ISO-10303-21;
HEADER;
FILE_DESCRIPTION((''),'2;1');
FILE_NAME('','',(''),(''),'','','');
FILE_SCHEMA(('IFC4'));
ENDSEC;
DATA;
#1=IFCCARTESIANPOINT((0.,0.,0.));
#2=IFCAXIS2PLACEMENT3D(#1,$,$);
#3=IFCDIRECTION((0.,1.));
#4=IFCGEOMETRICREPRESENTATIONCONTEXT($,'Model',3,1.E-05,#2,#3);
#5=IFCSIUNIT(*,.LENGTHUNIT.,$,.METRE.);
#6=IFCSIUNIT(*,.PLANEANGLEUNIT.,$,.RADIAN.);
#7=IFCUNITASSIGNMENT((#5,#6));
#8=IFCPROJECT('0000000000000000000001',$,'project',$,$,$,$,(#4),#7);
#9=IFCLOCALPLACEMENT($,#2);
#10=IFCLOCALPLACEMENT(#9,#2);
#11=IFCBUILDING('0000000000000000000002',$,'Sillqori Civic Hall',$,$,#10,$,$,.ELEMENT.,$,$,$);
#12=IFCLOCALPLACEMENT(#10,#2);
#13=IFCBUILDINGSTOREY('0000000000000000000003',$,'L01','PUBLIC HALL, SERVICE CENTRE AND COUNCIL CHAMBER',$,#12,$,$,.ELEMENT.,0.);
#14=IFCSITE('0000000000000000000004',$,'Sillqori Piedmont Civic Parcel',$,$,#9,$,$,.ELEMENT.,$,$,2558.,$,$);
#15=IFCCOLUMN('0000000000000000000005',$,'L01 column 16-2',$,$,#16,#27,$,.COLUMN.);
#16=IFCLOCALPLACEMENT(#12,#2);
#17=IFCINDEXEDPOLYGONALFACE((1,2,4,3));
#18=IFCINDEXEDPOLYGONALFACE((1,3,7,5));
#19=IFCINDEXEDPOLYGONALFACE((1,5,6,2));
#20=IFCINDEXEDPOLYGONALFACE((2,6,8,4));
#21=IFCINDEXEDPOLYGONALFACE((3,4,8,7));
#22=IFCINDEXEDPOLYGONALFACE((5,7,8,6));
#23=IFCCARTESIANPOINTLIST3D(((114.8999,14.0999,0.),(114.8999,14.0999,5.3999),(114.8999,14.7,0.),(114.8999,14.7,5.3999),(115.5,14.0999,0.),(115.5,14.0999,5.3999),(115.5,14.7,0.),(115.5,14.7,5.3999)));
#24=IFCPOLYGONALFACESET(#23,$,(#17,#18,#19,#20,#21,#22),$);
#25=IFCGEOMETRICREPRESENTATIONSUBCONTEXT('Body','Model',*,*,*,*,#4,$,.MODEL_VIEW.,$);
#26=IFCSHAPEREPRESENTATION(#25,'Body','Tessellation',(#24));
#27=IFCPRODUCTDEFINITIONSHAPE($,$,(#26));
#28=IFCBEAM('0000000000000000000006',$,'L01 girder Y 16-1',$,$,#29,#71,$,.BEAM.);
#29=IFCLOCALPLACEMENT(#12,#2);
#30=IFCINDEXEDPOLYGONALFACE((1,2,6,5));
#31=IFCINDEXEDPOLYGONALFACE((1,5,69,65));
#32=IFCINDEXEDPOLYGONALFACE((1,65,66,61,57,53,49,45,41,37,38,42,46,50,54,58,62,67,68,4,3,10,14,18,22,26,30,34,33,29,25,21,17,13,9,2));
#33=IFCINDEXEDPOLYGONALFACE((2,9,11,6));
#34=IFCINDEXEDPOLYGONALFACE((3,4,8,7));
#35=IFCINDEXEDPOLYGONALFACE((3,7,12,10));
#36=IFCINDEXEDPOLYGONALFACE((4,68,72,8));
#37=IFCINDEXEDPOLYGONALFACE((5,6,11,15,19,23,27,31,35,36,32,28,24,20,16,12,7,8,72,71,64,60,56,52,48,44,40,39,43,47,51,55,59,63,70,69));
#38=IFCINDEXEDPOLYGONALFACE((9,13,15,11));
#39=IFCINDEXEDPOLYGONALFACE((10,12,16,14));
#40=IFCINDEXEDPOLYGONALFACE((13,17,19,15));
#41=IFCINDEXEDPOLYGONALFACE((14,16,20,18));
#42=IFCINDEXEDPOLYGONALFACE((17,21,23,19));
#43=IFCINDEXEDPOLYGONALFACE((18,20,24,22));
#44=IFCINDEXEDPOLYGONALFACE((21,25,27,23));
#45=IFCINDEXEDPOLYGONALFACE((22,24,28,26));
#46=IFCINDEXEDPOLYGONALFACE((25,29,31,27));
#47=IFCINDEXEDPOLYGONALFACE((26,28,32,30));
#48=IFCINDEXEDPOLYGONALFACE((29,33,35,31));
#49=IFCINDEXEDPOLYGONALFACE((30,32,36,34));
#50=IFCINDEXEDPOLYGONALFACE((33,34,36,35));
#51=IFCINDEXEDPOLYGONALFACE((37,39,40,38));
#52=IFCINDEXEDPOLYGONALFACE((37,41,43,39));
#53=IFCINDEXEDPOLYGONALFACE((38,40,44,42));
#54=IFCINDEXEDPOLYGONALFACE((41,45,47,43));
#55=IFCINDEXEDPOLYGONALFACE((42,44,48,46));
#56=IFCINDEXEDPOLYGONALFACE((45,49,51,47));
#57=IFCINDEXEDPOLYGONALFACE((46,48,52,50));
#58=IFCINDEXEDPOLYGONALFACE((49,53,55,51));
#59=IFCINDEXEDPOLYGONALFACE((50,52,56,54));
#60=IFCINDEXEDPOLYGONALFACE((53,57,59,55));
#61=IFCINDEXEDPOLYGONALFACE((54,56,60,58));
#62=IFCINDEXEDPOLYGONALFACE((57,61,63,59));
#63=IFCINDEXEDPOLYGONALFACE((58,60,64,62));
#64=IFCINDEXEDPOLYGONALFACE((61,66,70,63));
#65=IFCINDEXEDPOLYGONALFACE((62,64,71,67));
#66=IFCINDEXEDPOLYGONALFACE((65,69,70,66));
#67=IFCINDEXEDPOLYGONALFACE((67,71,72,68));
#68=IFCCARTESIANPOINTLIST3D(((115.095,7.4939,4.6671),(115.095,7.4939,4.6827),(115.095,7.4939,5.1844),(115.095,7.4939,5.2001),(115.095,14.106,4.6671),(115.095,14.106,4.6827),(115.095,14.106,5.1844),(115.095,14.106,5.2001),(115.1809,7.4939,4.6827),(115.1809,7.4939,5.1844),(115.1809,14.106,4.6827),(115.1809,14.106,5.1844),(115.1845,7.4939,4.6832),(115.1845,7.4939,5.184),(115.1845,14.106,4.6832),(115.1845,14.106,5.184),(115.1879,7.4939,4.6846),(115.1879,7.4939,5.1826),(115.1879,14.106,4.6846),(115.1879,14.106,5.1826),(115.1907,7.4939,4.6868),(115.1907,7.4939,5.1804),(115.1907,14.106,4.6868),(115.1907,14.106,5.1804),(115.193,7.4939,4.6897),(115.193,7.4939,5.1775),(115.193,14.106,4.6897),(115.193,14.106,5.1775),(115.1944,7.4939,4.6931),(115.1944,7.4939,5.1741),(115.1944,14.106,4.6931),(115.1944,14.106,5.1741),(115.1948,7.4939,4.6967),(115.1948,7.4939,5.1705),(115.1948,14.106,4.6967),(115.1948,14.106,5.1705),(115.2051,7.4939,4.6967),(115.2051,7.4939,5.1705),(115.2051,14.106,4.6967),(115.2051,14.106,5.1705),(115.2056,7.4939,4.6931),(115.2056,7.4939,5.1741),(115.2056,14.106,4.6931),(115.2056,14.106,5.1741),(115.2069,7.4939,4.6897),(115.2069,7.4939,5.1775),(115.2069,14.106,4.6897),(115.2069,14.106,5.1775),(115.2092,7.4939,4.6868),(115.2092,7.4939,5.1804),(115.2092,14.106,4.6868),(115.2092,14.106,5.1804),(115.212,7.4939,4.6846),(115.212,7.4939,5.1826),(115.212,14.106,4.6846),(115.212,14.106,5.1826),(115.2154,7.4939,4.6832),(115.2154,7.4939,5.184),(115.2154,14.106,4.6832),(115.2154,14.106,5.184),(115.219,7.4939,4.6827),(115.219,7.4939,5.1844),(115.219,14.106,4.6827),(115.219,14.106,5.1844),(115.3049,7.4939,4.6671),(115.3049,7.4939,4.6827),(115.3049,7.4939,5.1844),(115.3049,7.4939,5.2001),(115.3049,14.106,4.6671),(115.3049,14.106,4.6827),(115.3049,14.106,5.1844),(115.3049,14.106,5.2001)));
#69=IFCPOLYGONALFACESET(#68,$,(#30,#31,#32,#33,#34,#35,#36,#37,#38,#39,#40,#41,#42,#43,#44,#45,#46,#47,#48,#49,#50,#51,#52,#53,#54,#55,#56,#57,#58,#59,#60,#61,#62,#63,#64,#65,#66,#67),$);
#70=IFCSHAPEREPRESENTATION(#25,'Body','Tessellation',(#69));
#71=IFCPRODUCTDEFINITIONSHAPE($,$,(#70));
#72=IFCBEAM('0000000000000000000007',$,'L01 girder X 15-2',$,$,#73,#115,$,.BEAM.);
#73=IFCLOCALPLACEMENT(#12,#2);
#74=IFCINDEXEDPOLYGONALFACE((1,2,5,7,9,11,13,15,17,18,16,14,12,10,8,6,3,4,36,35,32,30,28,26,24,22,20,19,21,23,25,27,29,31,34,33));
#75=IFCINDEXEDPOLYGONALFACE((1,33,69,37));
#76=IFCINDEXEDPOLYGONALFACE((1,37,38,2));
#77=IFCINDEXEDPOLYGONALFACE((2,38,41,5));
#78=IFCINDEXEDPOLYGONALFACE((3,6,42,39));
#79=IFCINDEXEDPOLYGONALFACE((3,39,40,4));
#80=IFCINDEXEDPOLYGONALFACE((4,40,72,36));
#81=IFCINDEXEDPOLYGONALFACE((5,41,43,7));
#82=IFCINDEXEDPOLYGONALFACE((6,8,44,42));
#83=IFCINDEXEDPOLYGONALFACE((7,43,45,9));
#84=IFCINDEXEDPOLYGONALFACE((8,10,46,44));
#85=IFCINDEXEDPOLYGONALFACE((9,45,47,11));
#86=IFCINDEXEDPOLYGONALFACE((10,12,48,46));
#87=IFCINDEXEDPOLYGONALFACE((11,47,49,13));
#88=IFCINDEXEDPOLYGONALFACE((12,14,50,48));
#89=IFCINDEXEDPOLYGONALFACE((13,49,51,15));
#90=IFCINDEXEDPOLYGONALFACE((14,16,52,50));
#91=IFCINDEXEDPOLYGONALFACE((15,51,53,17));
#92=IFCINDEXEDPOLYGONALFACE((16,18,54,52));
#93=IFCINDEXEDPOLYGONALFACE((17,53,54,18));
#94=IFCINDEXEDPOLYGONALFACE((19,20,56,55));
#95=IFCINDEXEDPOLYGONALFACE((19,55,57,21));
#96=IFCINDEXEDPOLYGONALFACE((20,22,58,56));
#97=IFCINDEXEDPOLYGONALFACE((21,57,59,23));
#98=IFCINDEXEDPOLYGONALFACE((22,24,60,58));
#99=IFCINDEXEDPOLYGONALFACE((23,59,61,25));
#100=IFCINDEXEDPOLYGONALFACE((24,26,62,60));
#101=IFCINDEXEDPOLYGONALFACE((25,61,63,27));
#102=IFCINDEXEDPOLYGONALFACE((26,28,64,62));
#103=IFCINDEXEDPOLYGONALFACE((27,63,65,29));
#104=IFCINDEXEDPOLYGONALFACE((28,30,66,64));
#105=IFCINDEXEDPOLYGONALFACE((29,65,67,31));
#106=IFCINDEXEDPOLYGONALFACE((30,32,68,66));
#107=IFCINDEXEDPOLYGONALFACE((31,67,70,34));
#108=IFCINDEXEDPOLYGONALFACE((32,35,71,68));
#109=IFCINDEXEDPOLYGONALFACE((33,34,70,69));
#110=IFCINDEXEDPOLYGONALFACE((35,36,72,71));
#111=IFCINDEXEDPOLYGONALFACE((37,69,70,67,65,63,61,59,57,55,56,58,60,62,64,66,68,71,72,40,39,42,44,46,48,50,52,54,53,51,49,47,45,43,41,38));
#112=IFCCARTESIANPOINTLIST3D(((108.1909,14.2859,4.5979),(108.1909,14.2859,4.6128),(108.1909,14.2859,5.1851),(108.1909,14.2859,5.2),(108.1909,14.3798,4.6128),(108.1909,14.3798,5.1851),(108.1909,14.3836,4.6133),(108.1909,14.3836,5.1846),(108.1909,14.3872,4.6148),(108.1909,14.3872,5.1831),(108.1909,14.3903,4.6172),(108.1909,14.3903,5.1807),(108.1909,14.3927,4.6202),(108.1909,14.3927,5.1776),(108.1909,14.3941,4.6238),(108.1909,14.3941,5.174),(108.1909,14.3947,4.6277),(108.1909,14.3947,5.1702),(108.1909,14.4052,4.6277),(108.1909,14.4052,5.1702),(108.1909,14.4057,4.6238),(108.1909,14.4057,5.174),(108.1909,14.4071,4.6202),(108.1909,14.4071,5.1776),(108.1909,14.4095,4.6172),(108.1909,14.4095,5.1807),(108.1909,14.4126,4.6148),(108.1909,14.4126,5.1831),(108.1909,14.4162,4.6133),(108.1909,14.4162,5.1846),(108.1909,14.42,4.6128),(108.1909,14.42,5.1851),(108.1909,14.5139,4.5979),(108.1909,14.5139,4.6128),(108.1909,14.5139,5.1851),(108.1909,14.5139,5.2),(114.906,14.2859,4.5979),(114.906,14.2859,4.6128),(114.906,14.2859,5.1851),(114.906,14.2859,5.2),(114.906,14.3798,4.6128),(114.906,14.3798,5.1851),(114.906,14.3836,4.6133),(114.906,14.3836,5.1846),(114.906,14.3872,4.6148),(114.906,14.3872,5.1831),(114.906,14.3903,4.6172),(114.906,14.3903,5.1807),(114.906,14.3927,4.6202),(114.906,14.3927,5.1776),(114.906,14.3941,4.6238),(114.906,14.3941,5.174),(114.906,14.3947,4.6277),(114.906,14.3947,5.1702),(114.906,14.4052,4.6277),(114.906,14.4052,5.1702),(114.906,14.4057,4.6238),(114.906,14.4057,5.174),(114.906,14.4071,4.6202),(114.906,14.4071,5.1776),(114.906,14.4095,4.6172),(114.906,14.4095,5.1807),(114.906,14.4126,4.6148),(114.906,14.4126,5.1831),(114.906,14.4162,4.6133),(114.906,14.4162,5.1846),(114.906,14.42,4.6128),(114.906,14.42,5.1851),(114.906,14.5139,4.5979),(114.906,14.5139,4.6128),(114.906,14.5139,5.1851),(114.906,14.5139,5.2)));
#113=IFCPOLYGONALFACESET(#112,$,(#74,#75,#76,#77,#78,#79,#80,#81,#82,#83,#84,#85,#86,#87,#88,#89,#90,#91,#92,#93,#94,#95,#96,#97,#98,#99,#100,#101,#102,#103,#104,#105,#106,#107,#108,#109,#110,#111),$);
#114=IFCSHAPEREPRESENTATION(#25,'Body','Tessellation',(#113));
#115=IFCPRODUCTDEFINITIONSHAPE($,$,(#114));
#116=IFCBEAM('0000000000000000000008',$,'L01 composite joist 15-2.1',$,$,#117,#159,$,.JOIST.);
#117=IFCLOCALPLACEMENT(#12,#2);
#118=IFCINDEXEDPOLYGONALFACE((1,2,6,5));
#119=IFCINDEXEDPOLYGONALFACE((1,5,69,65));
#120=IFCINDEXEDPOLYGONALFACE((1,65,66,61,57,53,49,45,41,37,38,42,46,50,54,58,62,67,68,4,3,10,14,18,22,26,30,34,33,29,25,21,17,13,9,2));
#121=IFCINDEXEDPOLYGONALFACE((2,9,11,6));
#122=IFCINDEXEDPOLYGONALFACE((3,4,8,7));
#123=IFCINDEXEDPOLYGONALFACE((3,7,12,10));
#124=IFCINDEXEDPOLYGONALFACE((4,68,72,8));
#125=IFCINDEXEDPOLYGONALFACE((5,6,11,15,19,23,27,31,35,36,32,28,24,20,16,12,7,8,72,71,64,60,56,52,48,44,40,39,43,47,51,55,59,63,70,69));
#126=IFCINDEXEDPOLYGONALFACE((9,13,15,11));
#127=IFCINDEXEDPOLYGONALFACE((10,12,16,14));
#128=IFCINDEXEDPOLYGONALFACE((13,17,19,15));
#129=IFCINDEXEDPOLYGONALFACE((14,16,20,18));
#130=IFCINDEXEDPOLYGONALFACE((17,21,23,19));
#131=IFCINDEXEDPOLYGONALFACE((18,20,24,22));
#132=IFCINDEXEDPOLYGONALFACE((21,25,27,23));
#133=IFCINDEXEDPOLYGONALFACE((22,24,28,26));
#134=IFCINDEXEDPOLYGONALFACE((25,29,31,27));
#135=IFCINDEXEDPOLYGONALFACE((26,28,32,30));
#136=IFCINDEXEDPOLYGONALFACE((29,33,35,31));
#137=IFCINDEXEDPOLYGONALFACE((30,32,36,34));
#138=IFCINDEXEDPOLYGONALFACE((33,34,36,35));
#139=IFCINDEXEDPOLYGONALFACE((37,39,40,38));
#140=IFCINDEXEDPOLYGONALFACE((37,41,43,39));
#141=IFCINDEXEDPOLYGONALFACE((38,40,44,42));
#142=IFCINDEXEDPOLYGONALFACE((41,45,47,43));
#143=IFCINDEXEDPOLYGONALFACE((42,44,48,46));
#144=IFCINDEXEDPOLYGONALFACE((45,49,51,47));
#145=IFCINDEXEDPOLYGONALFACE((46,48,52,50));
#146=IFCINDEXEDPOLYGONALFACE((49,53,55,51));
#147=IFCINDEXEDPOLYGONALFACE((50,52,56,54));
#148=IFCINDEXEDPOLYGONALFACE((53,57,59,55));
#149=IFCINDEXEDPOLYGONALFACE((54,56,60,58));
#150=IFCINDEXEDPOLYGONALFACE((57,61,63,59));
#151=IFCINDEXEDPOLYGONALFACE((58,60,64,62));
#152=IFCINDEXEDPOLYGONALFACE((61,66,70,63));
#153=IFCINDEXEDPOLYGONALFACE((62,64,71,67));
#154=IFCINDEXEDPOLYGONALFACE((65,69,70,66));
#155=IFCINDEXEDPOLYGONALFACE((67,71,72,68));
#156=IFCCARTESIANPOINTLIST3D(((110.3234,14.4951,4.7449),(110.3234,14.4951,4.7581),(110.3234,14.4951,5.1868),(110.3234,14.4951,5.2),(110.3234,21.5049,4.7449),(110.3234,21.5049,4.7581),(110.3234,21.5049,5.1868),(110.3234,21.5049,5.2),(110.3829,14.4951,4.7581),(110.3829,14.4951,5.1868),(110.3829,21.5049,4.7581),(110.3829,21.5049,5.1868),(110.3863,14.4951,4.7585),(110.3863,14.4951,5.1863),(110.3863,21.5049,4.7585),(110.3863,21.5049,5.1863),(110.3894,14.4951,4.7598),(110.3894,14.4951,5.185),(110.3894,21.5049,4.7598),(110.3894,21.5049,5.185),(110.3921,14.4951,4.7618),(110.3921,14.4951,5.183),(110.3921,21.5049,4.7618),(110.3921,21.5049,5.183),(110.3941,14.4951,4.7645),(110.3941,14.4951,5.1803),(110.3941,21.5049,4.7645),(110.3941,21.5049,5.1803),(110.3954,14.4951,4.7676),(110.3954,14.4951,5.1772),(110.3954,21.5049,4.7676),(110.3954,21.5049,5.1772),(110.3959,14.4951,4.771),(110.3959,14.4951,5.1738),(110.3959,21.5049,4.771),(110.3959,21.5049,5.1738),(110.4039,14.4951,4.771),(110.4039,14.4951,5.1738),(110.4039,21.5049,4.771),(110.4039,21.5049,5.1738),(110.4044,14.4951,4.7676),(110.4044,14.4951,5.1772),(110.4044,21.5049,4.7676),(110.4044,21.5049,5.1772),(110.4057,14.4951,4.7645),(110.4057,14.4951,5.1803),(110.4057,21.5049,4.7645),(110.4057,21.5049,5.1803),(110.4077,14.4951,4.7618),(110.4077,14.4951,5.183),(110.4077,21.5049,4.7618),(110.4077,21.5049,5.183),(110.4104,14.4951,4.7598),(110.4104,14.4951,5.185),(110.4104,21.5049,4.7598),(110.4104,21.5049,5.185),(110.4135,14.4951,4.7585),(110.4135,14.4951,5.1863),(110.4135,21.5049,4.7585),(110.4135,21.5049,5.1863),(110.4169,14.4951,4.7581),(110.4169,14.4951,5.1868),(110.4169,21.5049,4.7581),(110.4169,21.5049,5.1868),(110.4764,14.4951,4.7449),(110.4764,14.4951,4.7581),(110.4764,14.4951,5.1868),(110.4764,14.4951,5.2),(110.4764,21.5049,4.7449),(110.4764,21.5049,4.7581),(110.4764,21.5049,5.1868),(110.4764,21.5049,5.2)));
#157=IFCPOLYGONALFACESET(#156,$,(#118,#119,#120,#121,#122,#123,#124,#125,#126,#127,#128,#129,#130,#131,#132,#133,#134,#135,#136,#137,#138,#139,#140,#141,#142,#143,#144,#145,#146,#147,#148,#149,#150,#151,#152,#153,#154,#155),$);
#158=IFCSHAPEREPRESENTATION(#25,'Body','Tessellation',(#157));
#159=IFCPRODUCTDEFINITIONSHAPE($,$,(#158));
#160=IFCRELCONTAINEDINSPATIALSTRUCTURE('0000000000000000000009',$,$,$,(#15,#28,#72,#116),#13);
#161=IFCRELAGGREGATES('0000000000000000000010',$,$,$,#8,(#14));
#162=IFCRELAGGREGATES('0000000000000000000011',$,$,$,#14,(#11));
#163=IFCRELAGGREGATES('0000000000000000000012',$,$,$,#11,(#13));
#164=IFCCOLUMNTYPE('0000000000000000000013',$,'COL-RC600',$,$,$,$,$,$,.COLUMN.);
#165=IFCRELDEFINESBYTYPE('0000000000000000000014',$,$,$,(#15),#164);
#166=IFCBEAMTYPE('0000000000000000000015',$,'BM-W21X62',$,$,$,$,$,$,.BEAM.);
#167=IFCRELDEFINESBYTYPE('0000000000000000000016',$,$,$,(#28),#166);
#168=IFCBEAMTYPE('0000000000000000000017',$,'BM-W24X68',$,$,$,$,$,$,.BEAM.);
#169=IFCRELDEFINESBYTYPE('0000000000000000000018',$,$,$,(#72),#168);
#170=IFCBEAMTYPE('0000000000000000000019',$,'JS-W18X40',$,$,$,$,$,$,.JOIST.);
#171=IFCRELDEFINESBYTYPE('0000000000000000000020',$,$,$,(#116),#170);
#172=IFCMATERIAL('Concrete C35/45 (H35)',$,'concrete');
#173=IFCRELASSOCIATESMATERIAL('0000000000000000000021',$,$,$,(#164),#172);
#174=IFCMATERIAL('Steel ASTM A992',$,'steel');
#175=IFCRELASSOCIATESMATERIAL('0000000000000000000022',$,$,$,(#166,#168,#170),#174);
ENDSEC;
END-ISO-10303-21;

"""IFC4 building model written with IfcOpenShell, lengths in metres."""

from ifc_helpers import new_model, si_unit, direction, frame, origin, origin_2d, place, context, subcontext, project, spatial, rectangle, i_section, extrude, material, material_profile, profile_set, type_object, element, save


model = new_model("IFC4")

# Units and contexts
model_context = context("Model", 3, precision=1e-05, world=origin(), true_north=direction((0.0, 1.0)))
body_context = subcontext(model_context, "Body", "Model", "MODEL_VIEW")
ifc_project = project(units=[si_unit("LENGTHUNIT", "METRE"), si_unit("PLANEANGLEUNIT", "RADIAN")], contexts=[model_context])

# Site, building, storey
site_placement = place(None, origin())
site = spatial("IfcSite", under=ifc_project, at=site_placement, Name="Sillqori Piedmont Civic Parcel", CompositionType="ELEMENT", RefElevation=2558.0)
building_placement = place(site_placement, origin())
building = spatial("IfcBuilding", under=site, at=building_placement, Name="Sillqori Civic Hall", CompositionType="ELEMENT")
storey_placement = place(building_placement, origin())
storey = spatial("IfcBuildingStorey", under=building, at=storey_placement, Name="L01", Description="PUBLIC HALL, SERVICE CENTRE AND COUNCIL CHAMBER", CompositionType="ELEMENT", Elevation=0.0)

# Column
ifc_material_1 = material(Name="Concrete C35/45 (H35)", Category="concrete")
ifc_material_profile_1 = material_profile(ifc_material_1, rectangle(XDim=0.6001, YDim=0.6001, at=origin_2d()), Name="RC 600x600")
ifc_profile_set_1 = profile_set([ifc_material_profile_1], Name="Concrete C35/45 (H35)")
column_type = type_object("IfcColumnType", Name="COL-RC600", PredefinedType="COLUMN", material=ifc_profile_set_1)
column_placement = place(storey_placement, frame((115.2, 14.3999, 0.0), z_axis=(0.0, 0.0, 1.0), x_axis=(1.0, 0.0, 0.0)))
element("IfcColumn", 1, at=column_placement, inside=storey, type_object=column_type, Name="L01 column 16-2", PredefinedType="COLUMN", context=body_context, shape_type="SweptSolid", body=[
    extrude(rectangle(XDim=0.6001, YDim=0.6001, at=origin_2d()), origin(), (0.0, 0.0, 1.0), 5.3999),
])

# Beams
ifc_material_2 = material(Name="Steel ASTM A992", Category="steel")
ifc_material_profile_2 = material_profile(ifc_material_2, i_section(OverallWidth=0.21, OverallDepth=0.533, WebThickness=0.0103, FlangeThickness=0.0156, FilletRadius=0.0139, at=origin_2d()), Name="W21X62")
ifc_profile_set_2 = profile_set([ifc_material_profile_2], Name="Steel ASTM A992")
beam_type_1 = type_object("IfcBeamType", Name="BM-W21X62", PredefinedType="BEAM", material=ifc_profile_set_2)
beam_1_placement = place(storey_placement, frame((115.2, 7.4939, 4.9336), z_axis=(0.0, 1.0, 0.0), x_axis=(-1.0, 0.0, 0.0)))
element("IfcBeam", 2, at=beam_1_placement, inside=storey, type_object=beam_type_1, Name="L01 girder Y 16-1", PredefinedType="BEAM", context=body_context, shape_type="SweptSolid", body=[
    extrude(i_section(OverallWidth=0.21, OverallDepth=0.533, WebThickness=0.0103, FlangeThickness=0.0156, FilletRadius=0.0139, at=origin_2d()), origin(), (0.0, 0.0, 1.0), 6.6121),
])
ifc_material_profile_3 = material_profile(ifc_material_2, i_section(OverallWidth=0.228, OverallDepth=0.6021, WebThickness=0.0105, FlangeThickness=0.0149, FilletRadius=0.0149, at=origin_2d()), Name="W24X68")
ifc_profile_set_3 = profile_set([ifc_material_profile_3], Name="Steel ASTM A992")
beam_type_2 = type_object("IfcBeamType", Name="BM-W24X68", PredefinedType="BEAM", material=ifc_profile_set_3)
beam_2_placement = place(storey_placement, frame((108.1909, 14.3999, 4.8989), z_axis=(1.0, 0.0, 0.0), x_axis=(0.0, 1.0, 0.0)))
element("IfcBeam", 3, at=beam_2_placement, inside=storey, type_object=beam_type_2, Name="L01 girder X 15-2", PredefinedType="BEAM", context=body_context, shape_type="SweptSolid", body=[
    extrude(i_section(OverallWidth=0.228, OverallDepth=0.6021, WebThickness=0.0105, FlangeThickness=0.0149, FilletRadius=0.0149, at=origin_2d()), origin(), (0.0, 0.0, 1.0), 6.7151),
])

# Beam
ifc_material_profile_4 = material_profile(ifc_material_2, i_section(OverallWidth=0.1531, OverallDepth=0.4551, WebThickness=0.0081, FlangeThickness=0.0132, FilletRadius=0.0129, at=origin_2d()), Name="W18X40")
ifc_profile_set_4 = profile_set([ifc_material_profile_4], Name="Steel ASTM A992")
beam_type_3 = type_object("IfcBeamType", Name="JS-W18X40", PredefinedType="JOIST", material=ifc_profile_set_4)
for number, where, z_axis, x_axis, name in (
    (4, (110.3999, 14.4951, 4.9724), (0.0, 1.0, 0.0), (-1.0, 0.0, 0.0), "L01 composite joist 15-2.1"),
):
    element("IfcBeam", number, at=place(storey_placement, frame(where, z_axis=z_axis, x_axis=x_axis)), inside=storey, type_object=beam_type_3, Name=name, PredefinedType="JOIST", context=body_context, shape_type="SweptSolid", body=[
        extrude(i_section(OverallWidth=0.1531, OverallDepth=0.4551, WebThickness=0.0081, FlangeThickness=0.0132, FilletRadius=0.0129, at=origin_2d()), origin(), (0.0, 0.0, 1.0), 7.0098),
    ])

save(model, "model.ifc")
